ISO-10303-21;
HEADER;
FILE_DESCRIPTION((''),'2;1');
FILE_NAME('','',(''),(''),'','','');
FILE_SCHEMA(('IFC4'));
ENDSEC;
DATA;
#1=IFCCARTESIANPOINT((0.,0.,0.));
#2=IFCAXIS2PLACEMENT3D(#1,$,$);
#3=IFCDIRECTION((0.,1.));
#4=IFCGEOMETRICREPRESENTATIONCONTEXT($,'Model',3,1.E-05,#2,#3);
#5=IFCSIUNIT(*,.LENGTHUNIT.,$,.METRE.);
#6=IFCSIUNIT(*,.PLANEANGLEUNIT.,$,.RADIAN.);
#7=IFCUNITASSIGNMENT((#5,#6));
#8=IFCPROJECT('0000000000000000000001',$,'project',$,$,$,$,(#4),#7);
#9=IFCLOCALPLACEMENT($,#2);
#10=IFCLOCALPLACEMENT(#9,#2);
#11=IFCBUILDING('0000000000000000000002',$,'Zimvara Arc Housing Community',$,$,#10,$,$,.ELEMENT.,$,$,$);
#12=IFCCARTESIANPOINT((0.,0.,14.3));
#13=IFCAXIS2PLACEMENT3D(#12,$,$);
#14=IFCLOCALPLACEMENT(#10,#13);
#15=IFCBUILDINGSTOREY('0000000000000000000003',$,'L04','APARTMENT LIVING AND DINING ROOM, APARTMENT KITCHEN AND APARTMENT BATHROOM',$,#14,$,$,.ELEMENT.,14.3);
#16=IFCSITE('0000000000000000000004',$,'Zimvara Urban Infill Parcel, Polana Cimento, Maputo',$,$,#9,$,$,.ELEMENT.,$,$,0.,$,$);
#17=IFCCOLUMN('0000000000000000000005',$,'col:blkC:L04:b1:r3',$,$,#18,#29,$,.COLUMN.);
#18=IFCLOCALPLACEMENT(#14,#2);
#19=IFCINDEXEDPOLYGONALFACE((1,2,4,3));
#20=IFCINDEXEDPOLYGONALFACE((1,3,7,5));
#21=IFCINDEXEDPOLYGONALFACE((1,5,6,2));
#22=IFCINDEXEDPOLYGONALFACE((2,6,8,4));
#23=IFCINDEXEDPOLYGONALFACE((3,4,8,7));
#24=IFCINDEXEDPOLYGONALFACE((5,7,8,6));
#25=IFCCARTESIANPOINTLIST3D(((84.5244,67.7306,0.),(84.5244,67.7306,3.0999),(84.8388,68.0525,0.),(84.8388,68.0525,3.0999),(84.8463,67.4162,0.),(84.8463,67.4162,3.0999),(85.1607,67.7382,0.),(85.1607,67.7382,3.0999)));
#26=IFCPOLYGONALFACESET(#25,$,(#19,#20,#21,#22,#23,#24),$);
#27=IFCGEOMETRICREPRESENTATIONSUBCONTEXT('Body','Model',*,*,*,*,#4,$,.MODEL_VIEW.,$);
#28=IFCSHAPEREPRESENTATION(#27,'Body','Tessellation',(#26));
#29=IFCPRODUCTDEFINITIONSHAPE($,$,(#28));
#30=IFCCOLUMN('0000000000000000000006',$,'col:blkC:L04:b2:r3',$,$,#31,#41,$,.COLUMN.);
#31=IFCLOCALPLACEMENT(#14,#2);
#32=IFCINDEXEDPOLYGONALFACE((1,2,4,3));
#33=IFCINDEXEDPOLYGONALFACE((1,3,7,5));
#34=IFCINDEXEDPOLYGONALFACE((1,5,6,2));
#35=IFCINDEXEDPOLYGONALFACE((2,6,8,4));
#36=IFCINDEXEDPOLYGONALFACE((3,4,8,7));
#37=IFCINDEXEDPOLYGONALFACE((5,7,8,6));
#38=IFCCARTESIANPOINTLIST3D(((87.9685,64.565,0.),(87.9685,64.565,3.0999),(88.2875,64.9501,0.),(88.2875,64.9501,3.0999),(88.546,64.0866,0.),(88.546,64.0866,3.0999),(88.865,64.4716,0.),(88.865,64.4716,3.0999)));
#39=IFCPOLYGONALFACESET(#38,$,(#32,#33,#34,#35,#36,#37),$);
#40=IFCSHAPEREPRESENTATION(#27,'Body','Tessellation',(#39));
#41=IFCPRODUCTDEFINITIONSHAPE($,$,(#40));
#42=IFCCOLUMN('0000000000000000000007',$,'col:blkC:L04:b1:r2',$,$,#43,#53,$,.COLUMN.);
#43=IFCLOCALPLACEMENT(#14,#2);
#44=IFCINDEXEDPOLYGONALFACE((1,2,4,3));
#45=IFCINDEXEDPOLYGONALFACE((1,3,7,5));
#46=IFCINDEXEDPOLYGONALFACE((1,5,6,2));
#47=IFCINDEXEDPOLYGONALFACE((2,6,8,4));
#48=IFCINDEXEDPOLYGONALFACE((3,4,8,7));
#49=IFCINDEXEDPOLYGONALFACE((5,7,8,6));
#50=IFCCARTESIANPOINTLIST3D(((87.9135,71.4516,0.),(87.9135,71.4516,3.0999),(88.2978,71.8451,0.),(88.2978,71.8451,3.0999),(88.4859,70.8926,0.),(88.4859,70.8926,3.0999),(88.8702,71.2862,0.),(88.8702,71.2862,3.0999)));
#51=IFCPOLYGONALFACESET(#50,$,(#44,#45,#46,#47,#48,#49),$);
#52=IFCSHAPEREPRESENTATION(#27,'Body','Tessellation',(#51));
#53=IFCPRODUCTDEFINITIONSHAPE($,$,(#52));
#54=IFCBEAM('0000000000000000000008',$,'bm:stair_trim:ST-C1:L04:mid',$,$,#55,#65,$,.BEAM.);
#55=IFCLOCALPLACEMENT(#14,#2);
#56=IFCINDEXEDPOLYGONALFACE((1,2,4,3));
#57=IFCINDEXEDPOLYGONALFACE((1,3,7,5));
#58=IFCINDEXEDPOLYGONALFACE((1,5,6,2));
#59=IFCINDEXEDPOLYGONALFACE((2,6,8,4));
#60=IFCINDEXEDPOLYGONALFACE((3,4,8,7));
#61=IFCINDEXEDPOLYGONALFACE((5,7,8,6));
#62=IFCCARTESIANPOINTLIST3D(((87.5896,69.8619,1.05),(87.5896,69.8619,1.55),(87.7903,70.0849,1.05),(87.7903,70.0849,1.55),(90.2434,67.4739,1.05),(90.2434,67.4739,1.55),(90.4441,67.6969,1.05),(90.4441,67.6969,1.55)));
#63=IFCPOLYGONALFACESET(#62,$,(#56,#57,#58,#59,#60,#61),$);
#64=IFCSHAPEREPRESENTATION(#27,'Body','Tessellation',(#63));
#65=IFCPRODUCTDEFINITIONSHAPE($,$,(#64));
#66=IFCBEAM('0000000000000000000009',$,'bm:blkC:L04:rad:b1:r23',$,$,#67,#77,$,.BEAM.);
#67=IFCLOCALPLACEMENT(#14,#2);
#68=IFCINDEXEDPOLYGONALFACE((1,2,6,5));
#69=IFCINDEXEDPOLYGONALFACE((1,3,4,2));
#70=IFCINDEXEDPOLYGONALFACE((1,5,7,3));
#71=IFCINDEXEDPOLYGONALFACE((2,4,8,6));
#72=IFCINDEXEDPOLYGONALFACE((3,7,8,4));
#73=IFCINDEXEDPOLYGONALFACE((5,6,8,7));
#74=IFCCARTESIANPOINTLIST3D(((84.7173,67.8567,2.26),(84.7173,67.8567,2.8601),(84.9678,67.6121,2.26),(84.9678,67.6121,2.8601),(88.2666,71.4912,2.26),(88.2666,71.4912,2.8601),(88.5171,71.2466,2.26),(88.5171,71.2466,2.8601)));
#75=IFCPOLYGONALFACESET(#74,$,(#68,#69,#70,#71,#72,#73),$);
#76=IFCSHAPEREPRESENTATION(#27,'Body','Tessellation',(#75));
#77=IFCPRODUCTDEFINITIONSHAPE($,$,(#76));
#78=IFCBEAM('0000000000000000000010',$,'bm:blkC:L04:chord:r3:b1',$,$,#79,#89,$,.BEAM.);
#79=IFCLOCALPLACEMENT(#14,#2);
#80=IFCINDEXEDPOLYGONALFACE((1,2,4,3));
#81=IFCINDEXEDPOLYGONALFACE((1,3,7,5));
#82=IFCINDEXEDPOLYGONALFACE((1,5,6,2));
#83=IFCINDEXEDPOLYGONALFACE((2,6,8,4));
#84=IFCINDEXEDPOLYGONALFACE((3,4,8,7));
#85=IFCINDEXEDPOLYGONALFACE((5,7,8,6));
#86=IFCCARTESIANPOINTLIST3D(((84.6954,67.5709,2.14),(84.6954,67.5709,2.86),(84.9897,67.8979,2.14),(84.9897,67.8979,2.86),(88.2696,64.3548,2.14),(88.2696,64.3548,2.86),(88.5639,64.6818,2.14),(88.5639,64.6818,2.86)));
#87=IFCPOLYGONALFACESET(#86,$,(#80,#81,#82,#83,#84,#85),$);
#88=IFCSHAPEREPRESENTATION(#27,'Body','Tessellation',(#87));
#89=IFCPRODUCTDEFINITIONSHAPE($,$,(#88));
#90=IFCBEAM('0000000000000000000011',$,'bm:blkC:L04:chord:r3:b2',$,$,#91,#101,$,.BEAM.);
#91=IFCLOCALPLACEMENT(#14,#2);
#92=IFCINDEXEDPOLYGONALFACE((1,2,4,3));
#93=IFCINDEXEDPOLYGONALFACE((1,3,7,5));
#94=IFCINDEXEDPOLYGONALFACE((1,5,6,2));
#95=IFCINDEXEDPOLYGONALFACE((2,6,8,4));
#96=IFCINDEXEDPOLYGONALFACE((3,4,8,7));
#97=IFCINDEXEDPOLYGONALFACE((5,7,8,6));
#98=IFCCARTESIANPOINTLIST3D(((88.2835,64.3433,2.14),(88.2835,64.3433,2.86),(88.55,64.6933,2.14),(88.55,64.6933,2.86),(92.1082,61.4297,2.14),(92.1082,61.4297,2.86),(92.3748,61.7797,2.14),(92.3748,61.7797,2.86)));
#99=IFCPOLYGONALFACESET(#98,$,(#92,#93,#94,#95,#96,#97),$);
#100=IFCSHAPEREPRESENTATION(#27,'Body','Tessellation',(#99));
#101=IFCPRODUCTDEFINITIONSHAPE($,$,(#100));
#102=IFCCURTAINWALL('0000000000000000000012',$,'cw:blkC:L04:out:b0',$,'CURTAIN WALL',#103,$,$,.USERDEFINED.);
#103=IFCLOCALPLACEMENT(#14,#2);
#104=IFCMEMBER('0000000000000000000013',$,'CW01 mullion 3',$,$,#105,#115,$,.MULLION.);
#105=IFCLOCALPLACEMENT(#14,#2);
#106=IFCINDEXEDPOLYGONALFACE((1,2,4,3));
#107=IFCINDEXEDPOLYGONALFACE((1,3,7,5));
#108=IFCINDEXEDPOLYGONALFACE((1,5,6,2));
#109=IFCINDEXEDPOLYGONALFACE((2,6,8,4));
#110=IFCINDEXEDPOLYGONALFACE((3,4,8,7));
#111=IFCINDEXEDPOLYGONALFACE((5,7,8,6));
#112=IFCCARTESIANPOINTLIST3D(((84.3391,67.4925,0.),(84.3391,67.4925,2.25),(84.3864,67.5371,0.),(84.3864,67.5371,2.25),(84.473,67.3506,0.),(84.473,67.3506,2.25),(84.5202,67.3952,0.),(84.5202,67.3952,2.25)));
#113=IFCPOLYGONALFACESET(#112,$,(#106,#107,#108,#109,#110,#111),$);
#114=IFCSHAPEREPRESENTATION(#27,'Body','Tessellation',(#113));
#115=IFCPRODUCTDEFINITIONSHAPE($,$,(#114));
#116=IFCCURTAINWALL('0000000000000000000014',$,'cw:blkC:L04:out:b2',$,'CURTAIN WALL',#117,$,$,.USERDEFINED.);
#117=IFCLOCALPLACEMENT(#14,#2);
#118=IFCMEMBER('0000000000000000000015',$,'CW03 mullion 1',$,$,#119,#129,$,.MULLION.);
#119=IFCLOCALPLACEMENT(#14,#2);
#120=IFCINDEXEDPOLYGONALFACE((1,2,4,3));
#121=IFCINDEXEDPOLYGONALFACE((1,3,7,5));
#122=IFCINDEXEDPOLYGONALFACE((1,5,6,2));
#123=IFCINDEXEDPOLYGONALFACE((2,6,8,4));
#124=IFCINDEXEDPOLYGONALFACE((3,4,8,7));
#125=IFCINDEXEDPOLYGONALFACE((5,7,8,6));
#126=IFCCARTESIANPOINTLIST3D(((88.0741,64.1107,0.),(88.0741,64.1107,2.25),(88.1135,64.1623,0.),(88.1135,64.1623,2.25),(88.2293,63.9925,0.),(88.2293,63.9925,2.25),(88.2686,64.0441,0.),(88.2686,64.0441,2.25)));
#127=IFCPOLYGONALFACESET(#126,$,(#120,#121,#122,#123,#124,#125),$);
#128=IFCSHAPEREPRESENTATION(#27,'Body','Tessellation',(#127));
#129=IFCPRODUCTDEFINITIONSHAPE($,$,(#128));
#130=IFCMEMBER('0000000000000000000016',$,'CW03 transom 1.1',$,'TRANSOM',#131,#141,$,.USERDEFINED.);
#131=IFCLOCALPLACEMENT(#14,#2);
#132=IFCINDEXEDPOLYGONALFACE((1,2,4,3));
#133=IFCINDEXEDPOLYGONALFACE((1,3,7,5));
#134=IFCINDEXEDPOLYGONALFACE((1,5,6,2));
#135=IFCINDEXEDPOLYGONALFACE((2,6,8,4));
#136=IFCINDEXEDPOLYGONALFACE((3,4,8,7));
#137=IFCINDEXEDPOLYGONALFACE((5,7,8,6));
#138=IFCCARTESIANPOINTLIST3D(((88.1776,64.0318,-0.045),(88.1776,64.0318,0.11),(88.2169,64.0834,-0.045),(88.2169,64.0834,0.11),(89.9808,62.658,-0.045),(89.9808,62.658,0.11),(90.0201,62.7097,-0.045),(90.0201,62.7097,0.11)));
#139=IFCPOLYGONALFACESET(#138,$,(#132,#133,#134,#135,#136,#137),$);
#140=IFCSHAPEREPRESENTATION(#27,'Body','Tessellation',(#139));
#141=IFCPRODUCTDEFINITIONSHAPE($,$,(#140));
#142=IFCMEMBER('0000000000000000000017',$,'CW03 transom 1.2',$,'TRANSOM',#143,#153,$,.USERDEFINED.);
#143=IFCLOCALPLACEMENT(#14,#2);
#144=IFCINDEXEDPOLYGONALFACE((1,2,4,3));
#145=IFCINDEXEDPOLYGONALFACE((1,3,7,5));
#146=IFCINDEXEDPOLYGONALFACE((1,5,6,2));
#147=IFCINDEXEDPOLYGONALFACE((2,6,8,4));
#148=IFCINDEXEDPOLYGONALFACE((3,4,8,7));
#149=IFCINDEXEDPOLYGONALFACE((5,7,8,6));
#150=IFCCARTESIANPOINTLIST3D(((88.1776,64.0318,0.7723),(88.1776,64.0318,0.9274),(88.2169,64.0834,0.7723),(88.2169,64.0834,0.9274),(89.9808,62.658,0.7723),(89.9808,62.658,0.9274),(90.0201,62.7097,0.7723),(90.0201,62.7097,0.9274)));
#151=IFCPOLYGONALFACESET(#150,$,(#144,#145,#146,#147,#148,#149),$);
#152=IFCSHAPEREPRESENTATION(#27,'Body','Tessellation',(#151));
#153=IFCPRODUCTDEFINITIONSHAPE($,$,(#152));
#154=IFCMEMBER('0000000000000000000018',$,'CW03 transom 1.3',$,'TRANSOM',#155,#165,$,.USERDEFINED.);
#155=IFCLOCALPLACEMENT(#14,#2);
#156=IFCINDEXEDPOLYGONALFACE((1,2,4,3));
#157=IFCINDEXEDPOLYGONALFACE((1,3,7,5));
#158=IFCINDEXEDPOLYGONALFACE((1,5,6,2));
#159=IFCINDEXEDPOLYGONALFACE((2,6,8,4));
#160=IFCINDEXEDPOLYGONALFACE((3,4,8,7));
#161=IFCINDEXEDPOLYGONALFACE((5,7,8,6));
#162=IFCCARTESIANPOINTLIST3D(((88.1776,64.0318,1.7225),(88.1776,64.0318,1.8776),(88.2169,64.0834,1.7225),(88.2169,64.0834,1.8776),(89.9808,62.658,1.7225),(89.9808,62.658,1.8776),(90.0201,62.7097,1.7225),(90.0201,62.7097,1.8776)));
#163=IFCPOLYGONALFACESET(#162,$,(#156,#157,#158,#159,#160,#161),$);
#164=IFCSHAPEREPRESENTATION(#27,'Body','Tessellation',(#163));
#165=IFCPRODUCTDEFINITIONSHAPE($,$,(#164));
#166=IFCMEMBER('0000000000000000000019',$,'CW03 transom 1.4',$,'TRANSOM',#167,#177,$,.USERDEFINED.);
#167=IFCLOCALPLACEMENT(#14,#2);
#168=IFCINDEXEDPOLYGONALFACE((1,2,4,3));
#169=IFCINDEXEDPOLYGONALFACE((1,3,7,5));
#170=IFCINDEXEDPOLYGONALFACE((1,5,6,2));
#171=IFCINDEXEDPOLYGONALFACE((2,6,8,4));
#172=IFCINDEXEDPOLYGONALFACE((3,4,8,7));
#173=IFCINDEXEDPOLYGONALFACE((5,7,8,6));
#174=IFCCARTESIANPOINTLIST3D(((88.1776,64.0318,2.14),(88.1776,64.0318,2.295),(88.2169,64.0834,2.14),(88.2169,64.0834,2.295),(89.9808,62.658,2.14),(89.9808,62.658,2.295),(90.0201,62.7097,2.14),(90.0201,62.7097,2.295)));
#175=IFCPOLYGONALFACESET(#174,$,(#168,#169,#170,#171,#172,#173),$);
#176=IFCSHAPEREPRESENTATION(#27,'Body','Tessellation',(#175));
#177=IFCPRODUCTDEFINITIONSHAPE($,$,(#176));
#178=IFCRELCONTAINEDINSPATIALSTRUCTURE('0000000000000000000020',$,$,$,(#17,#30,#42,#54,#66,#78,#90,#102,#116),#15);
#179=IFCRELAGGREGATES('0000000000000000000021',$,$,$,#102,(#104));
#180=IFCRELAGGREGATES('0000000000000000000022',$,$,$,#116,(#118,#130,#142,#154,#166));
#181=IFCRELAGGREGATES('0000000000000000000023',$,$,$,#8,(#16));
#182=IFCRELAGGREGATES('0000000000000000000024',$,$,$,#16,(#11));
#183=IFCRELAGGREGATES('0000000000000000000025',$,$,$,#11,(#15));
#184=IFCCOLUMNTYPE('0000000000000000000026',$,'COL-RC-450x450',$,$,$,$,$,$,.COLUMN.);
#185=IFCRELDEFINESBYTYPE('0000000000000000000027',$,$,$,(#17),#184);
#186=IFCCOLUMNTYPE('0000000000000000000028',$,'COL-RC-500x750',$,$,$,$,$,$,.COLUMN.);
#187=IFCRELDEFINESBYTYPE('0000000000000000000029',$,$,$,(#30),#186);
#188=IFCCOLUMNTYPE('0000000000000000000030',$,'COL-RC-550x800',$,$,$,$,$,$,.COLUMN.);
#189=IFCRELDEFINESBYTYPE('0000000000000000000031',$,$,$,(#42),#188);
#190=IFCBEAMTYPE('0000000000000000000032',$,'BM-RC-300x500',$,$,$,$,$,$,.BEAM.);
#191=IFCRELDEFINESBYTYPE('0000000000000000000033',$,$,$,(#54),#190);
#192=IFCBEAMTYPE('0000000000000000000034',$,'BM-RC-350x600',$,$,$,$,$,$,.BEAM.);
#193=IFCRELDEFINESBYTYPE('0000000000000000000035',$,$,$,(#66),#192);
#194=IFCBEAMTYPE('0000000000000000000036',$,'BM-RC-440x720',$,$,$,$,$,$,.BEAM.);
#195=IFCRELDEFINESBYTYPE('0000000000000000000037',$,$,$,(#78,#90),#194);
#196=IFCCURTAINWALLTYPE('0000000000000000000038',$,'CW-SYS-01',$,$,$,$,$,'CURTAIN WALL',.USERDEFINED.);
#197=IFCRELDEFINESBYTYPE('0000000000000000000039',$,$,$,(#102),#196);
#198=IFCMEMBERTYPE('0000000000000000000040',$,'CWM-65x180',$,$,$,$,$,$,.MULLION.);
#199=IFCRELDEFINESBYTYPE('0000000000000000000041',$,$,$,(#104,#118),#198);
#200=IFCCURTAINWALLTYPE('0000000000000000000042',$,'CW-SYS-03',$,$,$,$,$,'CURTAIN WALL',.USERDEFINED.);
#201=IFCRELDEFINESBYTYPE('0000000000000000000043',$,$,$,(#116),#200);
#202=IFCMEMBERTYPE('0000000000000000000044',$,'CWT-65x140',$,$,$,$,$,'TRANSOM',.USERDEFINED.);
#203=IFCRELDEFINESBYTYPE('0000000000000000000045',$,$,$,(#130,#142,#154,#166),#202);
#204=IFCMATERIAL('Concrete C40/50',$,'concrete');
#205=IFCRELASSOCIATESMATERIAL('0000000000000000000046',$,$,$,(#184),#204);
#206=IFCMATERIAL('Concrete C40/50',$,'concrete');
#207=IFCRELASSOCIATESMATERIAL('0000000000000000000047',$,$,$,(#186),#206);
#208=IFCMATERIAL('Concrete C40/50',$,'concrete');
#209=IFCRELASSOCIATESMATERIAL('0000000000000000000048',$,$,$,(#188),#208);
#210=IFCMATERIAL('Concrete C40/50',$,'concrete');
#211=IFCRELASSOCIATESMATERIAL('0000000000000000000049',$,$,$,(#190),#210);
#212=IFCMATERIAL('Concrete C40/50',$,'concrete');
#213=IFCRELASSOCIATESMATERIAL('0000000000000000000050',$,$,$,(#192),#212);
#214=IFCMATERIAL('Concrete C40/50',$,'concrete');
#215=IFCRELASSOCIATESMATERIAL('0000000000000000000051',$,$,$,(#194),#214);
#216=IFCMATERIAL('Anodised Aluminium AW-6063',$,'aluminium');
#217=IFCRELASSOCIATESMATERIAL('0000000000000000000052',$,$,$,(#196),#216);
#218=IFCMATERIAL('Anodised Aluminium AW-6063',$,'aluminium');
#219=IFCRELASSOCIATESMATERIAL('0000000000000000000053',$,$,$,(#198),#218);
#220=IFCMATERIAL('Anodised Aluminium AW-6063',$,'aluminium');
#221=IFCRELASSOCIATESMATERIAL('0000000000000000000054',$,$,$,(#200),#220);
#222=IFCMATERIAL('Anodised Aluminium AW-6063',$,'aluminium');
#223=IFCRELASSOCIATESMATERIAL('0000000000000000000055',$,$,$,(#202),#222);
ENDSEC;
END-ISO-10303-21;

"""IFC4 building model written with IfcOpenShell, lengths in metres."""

from ifc_helpers import new_model, si_unit, direction, frame, origin, origin_2d, place, context, subcontext, project, spatial, rectangle, extrude, material, material_profile, profile_set, type_object, element, aggregate, save


model = new_model("IFC4")

# Units and contexts
model_context = context("Model", 3, precision=1e-05, world=origin(), true_north=direction((0.0, 1.0)))
body_context = subcontext(model_context, "Body", "Model", "MODEL_VIEW")
ifc_project = project(units=[si_unit("LENGTHUNIT", "METRE"), si_unit("PLANEANGLEUNIT", "RADIAN")], contexts=[model_context])

# Site, building, storey
site_placement = place(None, origin())
site = spatial("IfcSite", under=ifc_project, at=site_placement, Name="Zimvara Urban Infill Parcel, Polana Cimento, Maputo", CompositionType="ELEMENT", RefElevation=0.0)
building_placement = place(site_placement, origin())
building = spatial("IfcBuilding", under=site, at=building_placement, Name="Zimvara Arc Housing Community", CompositionType="ELEMENT")
storey_placement = place(building_placement, frame((0.0, 0.0, 14.3)))
storey = spatial("IfcBuildingStorey", under=building, at=storey_placement, Name="L04", Description="APARTMENT LIVING AND DINING ROOM, APARTMENT KITCHEN AND APARTMENT BATHROOM", CompositionType="ELEMENT", Elevation=14.3)

# Columns
ifc_material_1 = material(Name="Concrete C40/50", Category="concrete")
ifc_material_profile_1 = material_profile(ifc_material_1, rectangle(XDim=0.45, YDim=0.45, at=origin_2d()), Name="RC 450x450")
ifc_profile_set_1 = profile_set([ifc_material_profile_1], Name="Concrete C40/50")
column_type_1 = type_object("IfcColumnType", Name="COL-RC-450x450", PredefinedType="COLUMN", material=ifc_profile_set_1)
column_1_placement = place(storey_placement, frame((84.8425, 67.7344, 0.0), z_axis=(0.0, 0.0, 1.0), x_axis=(-0.698665, -0.715449, 0.0)))
element("IfcColumn", 1, at=column_1_placement, inside=storey, type_object=column_type_1, Name="col:blkC:L04:b1:r3", PredefinedType="COLUMN", context=body_context, shape_type="SweptSolid", body=[
    extrude(rectangle(XDim=0.45, YDim=0.45, at=origin_2d()), origin(), (0.0, 0.0, 1.0), 3.0999),
])
ifc_material_2 = material(Name="Concrete C40/50", Category="concrete")
ifc_material_profile_2 = material_profile(ifc_material_2, rectangle(XDim=0.5, YDim=0.75, at=origin_2d()), Name="RC 500x750")
ifc_profile_set_2 = profile_set([ifc_material_profile_2], Name="Concrete C40/50")
column_type_2 = type_object("IfcColumnType", Name="COL-RC-500x750", PredefinedType="COLUMN", material=ifc_profile_set_2)
column_2_placement = place(storey_placement, frame((88.4167, 64.5183, 0.0), z_axis=(0.0, 0.0, 1.0), x_axis=(-0.637962, -0.770068, 0.0)))
element("IfcColumn", 2, at=column_2_placement, inside=storey, type_object=column_type_2, Name="col:blkC:L04:b2:r3", PredefinedType="COLUMN", context=body_context, shape_type="SweptSolid", body=[
    extrude(rectangle(XDim=0.5, YDim=0.75, at=origin_2d()), origin(), (0.0, 0.0, 1.0), 3.0999),
])
ifc_material_3 = material(Name="Concrete C40/50", Category="concrete")
ifc_material_profile_3 = material_profile(ifc_material_3, rectangle(XDim=0.55, YDim=0.8, at=origin_2d()), Name="RC 550x800")
ifc_profile_set_3 = profile_set([ifc_material_profile_3], Name="Concrete C40/50")
column_type_3 = type_object("IfcColumnType", Name="COL-RC-550x800", PredefinedType="COLUMN", material=ifc_profile_set_3)
column_3_placement = place(storey_placement, frame((88.3918, 71.3689, 0.0), z_axis=(0.0, 0.0, 1.0), x_axis=(-0.698665, -0.715449, 0.0)))
element("IfcColumn", 3, at=column_3_placement, inside=storey, type_object=column_type_3, Name="col:blkC:L04:b1:r2", PredefinedType="COLUMN", context=body_context, shape_type="SweptSolid", body=[
    extrude(rectangle(XDim=0.55, YDim=0.8, at=origin_2d()), origin(), (0.0, 0.0, 1.0), 3.0999),
])

# Beams
ifc_material_4 = material(Name="Concrete C40/50", Category="concrete")
ifc_material_profile_4 = material_profile(ifc_material_4, rectangle(XDim=0.3, YDim=0.5, at=origin_2d()), Name="RC 300x500")
ifc_profile_set_4 = profile_set([ifc_material_profile_4], Name="Concrete C40/50")
beam_type_1 = type_object("IfcBeamType", Name="BM-RC-300x500", PredefinedType="BEAM", material=ifc_profile_set_4)
beam_1_placement = place(storey_placement, frame((87.6899, 69.9734, 1.3), z_axis=(0.743362, -0.668889, 0.0), x_axis=(0.668889, 0.743362, 0.0)))
element("IfcBeam", 4, at=beam_1_placement, inside=storey, type_object=beam_type_1, Name="bm:stair_trim:ST-C1:L04:mid", PredefinedType="BEAM", context=body_context, shape_type="SweptSolid", body=[
    extrude(rectangle(XDim=0.3, YDim=0.5, at=origin_2d()), origin(), (0.0, 0.0, 1.0), 3.5701),
])
ifc_material_5 = material(Name="Concrete C40/50", Category="concrete")
ifc_material_profile_5 = material_profile(ifc_material_5, rectangle(XDim=0.3501, YDim=0.6001, at=origin_2d()), Name="RC 350x600")
ifc_profile_set_5 = profile_set([ifc_material_profile_5], Name="Concrete C40/50")
beam_type_2 = type_object("IfcBeamType", Name="BM-RC-350x600", PredefinedType="BEAM", material=ifc_profile_set_5)
beam_2_placement = place(storey_placement, frame((88.3918, 71.3689, 2.5601), z_axis=(-0.698671, -0.715443, 0.0), x_axis=(0.715443, -0.698671, 0.0)))
element("IfcBeam", 5, at=beam_2_placement, inside=storey, type_object=beam_type_2, Name="bm:blkC:L04:rad:b1:r23", PredefinedType="BEAM", context=body_context, shape_type="SweptSolid", body=[
    extrude(rectangle(XDim=0.3501, YDim=0.6001, at=origin_2d()), origin(), (0.0, 0.0, 1.0), 5.0801),
])
ifc_material_6 = material(Name="Concrete C40/50", Category="concrete")
ifc_material_profile_6 = material_profile(ifc_material_6, rectangle(XDim=0.4399, YDim=0.72, at=origin_2d()), Name="RC 440x720")
ifc_profile_set_6 = profile_set([ifc_material_profile_6], Name="Concrete C40/50")
beam_type_3 = type_object("IfcBeamType", Name="BM-RC-440x720", PredefinedType="BEAM", material=ifc_profile_set_6)
for number, where, z_axis, x_axis, name in (
    (6, (84.8425, 67.7344, 2.5), (0.74337, -0.668881, 0.0), (0.668881, 0.74337, 0.0), "bm:blkC:L04:chord:r3:b1"),
    (7, (88.4167, 64.5183, 2.5), (0.795481, -0.605979, 0.0), (0.605979, 0.795481, 0.0), "bm:blkC:L04:chord:r3:b2"),
):
    element("IfcBeam", number, at=place(storey_placement, frame(where, z_axis=z_axis, x_axis=x_axis)), inside=storey, type_object=beam_type_3, Name=name, PredefinedType="BEAM", context=body_context, shape_type="SweptSolid", body=[
        extrude(rectangle(XDim=0.4399, YDim=0.72, at=origin_2d()), origin(), (0.0, 0.0, 1.0), 4.8081),
    ])

# Curtain wall, member
ifc_material_7 = material(Name="Anodised Aluminium AW-6063", Category="aluminium")
curtain_wall_type_1 = type_object("IfcCurtainWallType", Name="CW-SYS-01", ElementType="CURTAIN WALL", PredefinedType="USERDEFINED", material=ifc_material_7)
curtain_wall_1_placement = place(storey_placement, origin())
curtain_wall_1 = element("IfcCurtainWall", 8, at=curtain_wall_1_placement, inside=storey, type_object=curtain_wall_type_1, Name="cw:blkC:L04:out:b0", ObjectType="CURTAIN WALL", PredefinedType="USERDEFINED")
ifc_material_8 = material(Name="Anodised Aluminium AW-6063", Category="aluminium")
ifc_material_profile_7 = material_profile(ifc_material_8, rectangle(XDim=0.0649, YDim=0.1951, at=origin_2d()), Name="ALU 65x195")
ifc_profile_set_7 = profile_set([ifc_material_profile_7], Name="Anodised Aluminium AW-6063")
member_type_1 = type_object("IfcMemberType", Name="CWM-65x180", PredefinedType="MULLION", material=ifc_profile_set_7)
member_1_placement = place(storey_placement, frame((84.4297, 67.4438, 0.0), z_axis=(0.0, 0.0, 1.0), x_axis=(0.727294, 0.686326, 0.0)))
member_1 = element("IfcMember", 9, at=member_1_placement, type_object=member_type_1, Name="CW01 mullion 3", PredefinedType="MULLION", context=body_context, shape_type="SweptSolid", body=[
    extrude(rectangle(XDim=0.0649, YDim=0.1951, at=origin_2d()), origin(), (0.0, 0.0, 1.0), 2.25),
])

# Curtain wall, members
ifc_material_9 = material(Name="Anodised Aluminium AW-6063", Category="aluminium")
curtain_wall_type_2 = type_object("IfcCurtainWallType", Name="CW-SYS-03", ElementType="CURTAIN WALL", PredefinedType="USERDEFINED", material=ifc_material_9)
curtain_wall_2_placement = place(storey_placement, origin())
curtain_wall_2 = element("IfcCurtainWall", 10, at=curtain_wall_2_placement, inside=storey, type_object=curtain_wall_type_2, Name="cw:blkC:L04:out:b2", ObjectType="CURTAIN WALL", PredefinedType="USERDEFINED")
member_2_placement = place(storey_placement, frame((88.1714, 64.0774, 0.0), z_axis=(0.0, 0.0, 1.0), x_axis=(0.605988, 0.795474, 0.0)))
member_2 = element("IfcMember", 11, at=member_2_placement, type_object=member_type_1, Name="CW03 mullion 1", PredefinedType="MULLION", context=body_context, shape_type="SweptSolid", body=[
    extrude(rectangle(XDim=0.0649, YDim=0.1951, at=origin_2d()), origin(), (0.0, 0.0, 1.0), 2.25),
])
ifc_material_10 = material(Name="Anodised Aluminium AW-6063", Category="aluminium")
ifc_material_profile_8 = material_profile(ifc_material_10, rectangle(XDim=0.0649, YDim=0.155, at=origin_2d()), Name="ALU 65x155")
ifc_profile_set_8 = profile_set([ifc_material_profile_8], Name="Anodised Aluminium AW-6063")
member_type_2 = type_object("IfcMemberType", Name="CWT-65x140", ElementType="TRANSOM", PredefinedType="USERDEFINED", material=ifc_profile_set_8)
member_3_placement = place(storey_placement, frame((88.1973, 64.0576, 0.0325), z_axis=(0.795454, -0.606014, 0.0), x_axis=(0.606014, 0.795454, 0.0)))
member_3 = element("IfcMember", 12, at=member_3_placement, type_object=member_type_2, Name="CW03 transom 1.1", ObjectType="TRANSOM", PredefinedType="USERDEFINED", context=body_context, shape_type="SweptSolid", body=[
    extrude(rectangle(XDim=0.0649, YDim=0.155, at=origin_2d()), origin(), (0.0, 0.0, 1.0), 2.2668),
])
member_4_placement = place(storey_placement, frame((88.1973, 64.0576, 0.8499), z_axis=(0.795454, -0.606014, 0.0), x_axis=(0.606014, 0.795454, 0.0)))
member_4 = element("IfcMember", 13, at=member_4_placement, type_object=member_type_2, Name="CW03 transom 1.2", ObjectType="TRANSOM", PredefinedType="USERDEFINED", context=body_context, shape_type="SweptSolid", body=[
    extrude(rectangle(XDim=0.0649, YDim=0.155, at=origin_2d()), origin(), (0.0, 0.0, 1.0), 2.2668),
])
member_5_placement = place(storey_placement, frame((88.1973, 64.0576, 1.8), z_axis=(0.795454, -0.606014, 0.0), x_axis=(0.606014, 0.795454, 0.0)))
member_5 = element("IfcMember", 14, at=member_5_placement, type_object=member_type_2, Name="CW03 transom 1.3", ObjectType="TRANSOM", PredefinedType="USERDEFINED", context=body_context, shape_type="SweptSolid", body=[
    extrude(rectangle(XDim=0.0649, YDim=0.155, at=origin_2d()), origin(), (0.0, 0.0, 1.0), 2.2668),
])
member_6_placement = place(storey_placement, frame((88.1973, 64.0576, 2.2175), z_axis=(0.795454, -0.606014, 0.0), x_axis=(0.606014, 0.795454, 0.0)))
member_6 = element("IfcMember", 15, at=member_6_placement, type_object=member_type_2, Name="CW03 transom 1.4", ObjectType="TRANSOM", PredefinedType="USERDEFINED", context=body_context, shape_type="SweptSolid", body=[
    extrude(rectangle(XDim=0.0649, YDim=0.155, at=origin_2d()), origin(), (0.0, 0.0, 1.0), 2.2668),
])

aggregate(curtain_wall_1, [member_1])
aggregate(curtain_wall_2, [member_2, member_3, member_4, member_5, member_6])

save(model, "model.ifc")
